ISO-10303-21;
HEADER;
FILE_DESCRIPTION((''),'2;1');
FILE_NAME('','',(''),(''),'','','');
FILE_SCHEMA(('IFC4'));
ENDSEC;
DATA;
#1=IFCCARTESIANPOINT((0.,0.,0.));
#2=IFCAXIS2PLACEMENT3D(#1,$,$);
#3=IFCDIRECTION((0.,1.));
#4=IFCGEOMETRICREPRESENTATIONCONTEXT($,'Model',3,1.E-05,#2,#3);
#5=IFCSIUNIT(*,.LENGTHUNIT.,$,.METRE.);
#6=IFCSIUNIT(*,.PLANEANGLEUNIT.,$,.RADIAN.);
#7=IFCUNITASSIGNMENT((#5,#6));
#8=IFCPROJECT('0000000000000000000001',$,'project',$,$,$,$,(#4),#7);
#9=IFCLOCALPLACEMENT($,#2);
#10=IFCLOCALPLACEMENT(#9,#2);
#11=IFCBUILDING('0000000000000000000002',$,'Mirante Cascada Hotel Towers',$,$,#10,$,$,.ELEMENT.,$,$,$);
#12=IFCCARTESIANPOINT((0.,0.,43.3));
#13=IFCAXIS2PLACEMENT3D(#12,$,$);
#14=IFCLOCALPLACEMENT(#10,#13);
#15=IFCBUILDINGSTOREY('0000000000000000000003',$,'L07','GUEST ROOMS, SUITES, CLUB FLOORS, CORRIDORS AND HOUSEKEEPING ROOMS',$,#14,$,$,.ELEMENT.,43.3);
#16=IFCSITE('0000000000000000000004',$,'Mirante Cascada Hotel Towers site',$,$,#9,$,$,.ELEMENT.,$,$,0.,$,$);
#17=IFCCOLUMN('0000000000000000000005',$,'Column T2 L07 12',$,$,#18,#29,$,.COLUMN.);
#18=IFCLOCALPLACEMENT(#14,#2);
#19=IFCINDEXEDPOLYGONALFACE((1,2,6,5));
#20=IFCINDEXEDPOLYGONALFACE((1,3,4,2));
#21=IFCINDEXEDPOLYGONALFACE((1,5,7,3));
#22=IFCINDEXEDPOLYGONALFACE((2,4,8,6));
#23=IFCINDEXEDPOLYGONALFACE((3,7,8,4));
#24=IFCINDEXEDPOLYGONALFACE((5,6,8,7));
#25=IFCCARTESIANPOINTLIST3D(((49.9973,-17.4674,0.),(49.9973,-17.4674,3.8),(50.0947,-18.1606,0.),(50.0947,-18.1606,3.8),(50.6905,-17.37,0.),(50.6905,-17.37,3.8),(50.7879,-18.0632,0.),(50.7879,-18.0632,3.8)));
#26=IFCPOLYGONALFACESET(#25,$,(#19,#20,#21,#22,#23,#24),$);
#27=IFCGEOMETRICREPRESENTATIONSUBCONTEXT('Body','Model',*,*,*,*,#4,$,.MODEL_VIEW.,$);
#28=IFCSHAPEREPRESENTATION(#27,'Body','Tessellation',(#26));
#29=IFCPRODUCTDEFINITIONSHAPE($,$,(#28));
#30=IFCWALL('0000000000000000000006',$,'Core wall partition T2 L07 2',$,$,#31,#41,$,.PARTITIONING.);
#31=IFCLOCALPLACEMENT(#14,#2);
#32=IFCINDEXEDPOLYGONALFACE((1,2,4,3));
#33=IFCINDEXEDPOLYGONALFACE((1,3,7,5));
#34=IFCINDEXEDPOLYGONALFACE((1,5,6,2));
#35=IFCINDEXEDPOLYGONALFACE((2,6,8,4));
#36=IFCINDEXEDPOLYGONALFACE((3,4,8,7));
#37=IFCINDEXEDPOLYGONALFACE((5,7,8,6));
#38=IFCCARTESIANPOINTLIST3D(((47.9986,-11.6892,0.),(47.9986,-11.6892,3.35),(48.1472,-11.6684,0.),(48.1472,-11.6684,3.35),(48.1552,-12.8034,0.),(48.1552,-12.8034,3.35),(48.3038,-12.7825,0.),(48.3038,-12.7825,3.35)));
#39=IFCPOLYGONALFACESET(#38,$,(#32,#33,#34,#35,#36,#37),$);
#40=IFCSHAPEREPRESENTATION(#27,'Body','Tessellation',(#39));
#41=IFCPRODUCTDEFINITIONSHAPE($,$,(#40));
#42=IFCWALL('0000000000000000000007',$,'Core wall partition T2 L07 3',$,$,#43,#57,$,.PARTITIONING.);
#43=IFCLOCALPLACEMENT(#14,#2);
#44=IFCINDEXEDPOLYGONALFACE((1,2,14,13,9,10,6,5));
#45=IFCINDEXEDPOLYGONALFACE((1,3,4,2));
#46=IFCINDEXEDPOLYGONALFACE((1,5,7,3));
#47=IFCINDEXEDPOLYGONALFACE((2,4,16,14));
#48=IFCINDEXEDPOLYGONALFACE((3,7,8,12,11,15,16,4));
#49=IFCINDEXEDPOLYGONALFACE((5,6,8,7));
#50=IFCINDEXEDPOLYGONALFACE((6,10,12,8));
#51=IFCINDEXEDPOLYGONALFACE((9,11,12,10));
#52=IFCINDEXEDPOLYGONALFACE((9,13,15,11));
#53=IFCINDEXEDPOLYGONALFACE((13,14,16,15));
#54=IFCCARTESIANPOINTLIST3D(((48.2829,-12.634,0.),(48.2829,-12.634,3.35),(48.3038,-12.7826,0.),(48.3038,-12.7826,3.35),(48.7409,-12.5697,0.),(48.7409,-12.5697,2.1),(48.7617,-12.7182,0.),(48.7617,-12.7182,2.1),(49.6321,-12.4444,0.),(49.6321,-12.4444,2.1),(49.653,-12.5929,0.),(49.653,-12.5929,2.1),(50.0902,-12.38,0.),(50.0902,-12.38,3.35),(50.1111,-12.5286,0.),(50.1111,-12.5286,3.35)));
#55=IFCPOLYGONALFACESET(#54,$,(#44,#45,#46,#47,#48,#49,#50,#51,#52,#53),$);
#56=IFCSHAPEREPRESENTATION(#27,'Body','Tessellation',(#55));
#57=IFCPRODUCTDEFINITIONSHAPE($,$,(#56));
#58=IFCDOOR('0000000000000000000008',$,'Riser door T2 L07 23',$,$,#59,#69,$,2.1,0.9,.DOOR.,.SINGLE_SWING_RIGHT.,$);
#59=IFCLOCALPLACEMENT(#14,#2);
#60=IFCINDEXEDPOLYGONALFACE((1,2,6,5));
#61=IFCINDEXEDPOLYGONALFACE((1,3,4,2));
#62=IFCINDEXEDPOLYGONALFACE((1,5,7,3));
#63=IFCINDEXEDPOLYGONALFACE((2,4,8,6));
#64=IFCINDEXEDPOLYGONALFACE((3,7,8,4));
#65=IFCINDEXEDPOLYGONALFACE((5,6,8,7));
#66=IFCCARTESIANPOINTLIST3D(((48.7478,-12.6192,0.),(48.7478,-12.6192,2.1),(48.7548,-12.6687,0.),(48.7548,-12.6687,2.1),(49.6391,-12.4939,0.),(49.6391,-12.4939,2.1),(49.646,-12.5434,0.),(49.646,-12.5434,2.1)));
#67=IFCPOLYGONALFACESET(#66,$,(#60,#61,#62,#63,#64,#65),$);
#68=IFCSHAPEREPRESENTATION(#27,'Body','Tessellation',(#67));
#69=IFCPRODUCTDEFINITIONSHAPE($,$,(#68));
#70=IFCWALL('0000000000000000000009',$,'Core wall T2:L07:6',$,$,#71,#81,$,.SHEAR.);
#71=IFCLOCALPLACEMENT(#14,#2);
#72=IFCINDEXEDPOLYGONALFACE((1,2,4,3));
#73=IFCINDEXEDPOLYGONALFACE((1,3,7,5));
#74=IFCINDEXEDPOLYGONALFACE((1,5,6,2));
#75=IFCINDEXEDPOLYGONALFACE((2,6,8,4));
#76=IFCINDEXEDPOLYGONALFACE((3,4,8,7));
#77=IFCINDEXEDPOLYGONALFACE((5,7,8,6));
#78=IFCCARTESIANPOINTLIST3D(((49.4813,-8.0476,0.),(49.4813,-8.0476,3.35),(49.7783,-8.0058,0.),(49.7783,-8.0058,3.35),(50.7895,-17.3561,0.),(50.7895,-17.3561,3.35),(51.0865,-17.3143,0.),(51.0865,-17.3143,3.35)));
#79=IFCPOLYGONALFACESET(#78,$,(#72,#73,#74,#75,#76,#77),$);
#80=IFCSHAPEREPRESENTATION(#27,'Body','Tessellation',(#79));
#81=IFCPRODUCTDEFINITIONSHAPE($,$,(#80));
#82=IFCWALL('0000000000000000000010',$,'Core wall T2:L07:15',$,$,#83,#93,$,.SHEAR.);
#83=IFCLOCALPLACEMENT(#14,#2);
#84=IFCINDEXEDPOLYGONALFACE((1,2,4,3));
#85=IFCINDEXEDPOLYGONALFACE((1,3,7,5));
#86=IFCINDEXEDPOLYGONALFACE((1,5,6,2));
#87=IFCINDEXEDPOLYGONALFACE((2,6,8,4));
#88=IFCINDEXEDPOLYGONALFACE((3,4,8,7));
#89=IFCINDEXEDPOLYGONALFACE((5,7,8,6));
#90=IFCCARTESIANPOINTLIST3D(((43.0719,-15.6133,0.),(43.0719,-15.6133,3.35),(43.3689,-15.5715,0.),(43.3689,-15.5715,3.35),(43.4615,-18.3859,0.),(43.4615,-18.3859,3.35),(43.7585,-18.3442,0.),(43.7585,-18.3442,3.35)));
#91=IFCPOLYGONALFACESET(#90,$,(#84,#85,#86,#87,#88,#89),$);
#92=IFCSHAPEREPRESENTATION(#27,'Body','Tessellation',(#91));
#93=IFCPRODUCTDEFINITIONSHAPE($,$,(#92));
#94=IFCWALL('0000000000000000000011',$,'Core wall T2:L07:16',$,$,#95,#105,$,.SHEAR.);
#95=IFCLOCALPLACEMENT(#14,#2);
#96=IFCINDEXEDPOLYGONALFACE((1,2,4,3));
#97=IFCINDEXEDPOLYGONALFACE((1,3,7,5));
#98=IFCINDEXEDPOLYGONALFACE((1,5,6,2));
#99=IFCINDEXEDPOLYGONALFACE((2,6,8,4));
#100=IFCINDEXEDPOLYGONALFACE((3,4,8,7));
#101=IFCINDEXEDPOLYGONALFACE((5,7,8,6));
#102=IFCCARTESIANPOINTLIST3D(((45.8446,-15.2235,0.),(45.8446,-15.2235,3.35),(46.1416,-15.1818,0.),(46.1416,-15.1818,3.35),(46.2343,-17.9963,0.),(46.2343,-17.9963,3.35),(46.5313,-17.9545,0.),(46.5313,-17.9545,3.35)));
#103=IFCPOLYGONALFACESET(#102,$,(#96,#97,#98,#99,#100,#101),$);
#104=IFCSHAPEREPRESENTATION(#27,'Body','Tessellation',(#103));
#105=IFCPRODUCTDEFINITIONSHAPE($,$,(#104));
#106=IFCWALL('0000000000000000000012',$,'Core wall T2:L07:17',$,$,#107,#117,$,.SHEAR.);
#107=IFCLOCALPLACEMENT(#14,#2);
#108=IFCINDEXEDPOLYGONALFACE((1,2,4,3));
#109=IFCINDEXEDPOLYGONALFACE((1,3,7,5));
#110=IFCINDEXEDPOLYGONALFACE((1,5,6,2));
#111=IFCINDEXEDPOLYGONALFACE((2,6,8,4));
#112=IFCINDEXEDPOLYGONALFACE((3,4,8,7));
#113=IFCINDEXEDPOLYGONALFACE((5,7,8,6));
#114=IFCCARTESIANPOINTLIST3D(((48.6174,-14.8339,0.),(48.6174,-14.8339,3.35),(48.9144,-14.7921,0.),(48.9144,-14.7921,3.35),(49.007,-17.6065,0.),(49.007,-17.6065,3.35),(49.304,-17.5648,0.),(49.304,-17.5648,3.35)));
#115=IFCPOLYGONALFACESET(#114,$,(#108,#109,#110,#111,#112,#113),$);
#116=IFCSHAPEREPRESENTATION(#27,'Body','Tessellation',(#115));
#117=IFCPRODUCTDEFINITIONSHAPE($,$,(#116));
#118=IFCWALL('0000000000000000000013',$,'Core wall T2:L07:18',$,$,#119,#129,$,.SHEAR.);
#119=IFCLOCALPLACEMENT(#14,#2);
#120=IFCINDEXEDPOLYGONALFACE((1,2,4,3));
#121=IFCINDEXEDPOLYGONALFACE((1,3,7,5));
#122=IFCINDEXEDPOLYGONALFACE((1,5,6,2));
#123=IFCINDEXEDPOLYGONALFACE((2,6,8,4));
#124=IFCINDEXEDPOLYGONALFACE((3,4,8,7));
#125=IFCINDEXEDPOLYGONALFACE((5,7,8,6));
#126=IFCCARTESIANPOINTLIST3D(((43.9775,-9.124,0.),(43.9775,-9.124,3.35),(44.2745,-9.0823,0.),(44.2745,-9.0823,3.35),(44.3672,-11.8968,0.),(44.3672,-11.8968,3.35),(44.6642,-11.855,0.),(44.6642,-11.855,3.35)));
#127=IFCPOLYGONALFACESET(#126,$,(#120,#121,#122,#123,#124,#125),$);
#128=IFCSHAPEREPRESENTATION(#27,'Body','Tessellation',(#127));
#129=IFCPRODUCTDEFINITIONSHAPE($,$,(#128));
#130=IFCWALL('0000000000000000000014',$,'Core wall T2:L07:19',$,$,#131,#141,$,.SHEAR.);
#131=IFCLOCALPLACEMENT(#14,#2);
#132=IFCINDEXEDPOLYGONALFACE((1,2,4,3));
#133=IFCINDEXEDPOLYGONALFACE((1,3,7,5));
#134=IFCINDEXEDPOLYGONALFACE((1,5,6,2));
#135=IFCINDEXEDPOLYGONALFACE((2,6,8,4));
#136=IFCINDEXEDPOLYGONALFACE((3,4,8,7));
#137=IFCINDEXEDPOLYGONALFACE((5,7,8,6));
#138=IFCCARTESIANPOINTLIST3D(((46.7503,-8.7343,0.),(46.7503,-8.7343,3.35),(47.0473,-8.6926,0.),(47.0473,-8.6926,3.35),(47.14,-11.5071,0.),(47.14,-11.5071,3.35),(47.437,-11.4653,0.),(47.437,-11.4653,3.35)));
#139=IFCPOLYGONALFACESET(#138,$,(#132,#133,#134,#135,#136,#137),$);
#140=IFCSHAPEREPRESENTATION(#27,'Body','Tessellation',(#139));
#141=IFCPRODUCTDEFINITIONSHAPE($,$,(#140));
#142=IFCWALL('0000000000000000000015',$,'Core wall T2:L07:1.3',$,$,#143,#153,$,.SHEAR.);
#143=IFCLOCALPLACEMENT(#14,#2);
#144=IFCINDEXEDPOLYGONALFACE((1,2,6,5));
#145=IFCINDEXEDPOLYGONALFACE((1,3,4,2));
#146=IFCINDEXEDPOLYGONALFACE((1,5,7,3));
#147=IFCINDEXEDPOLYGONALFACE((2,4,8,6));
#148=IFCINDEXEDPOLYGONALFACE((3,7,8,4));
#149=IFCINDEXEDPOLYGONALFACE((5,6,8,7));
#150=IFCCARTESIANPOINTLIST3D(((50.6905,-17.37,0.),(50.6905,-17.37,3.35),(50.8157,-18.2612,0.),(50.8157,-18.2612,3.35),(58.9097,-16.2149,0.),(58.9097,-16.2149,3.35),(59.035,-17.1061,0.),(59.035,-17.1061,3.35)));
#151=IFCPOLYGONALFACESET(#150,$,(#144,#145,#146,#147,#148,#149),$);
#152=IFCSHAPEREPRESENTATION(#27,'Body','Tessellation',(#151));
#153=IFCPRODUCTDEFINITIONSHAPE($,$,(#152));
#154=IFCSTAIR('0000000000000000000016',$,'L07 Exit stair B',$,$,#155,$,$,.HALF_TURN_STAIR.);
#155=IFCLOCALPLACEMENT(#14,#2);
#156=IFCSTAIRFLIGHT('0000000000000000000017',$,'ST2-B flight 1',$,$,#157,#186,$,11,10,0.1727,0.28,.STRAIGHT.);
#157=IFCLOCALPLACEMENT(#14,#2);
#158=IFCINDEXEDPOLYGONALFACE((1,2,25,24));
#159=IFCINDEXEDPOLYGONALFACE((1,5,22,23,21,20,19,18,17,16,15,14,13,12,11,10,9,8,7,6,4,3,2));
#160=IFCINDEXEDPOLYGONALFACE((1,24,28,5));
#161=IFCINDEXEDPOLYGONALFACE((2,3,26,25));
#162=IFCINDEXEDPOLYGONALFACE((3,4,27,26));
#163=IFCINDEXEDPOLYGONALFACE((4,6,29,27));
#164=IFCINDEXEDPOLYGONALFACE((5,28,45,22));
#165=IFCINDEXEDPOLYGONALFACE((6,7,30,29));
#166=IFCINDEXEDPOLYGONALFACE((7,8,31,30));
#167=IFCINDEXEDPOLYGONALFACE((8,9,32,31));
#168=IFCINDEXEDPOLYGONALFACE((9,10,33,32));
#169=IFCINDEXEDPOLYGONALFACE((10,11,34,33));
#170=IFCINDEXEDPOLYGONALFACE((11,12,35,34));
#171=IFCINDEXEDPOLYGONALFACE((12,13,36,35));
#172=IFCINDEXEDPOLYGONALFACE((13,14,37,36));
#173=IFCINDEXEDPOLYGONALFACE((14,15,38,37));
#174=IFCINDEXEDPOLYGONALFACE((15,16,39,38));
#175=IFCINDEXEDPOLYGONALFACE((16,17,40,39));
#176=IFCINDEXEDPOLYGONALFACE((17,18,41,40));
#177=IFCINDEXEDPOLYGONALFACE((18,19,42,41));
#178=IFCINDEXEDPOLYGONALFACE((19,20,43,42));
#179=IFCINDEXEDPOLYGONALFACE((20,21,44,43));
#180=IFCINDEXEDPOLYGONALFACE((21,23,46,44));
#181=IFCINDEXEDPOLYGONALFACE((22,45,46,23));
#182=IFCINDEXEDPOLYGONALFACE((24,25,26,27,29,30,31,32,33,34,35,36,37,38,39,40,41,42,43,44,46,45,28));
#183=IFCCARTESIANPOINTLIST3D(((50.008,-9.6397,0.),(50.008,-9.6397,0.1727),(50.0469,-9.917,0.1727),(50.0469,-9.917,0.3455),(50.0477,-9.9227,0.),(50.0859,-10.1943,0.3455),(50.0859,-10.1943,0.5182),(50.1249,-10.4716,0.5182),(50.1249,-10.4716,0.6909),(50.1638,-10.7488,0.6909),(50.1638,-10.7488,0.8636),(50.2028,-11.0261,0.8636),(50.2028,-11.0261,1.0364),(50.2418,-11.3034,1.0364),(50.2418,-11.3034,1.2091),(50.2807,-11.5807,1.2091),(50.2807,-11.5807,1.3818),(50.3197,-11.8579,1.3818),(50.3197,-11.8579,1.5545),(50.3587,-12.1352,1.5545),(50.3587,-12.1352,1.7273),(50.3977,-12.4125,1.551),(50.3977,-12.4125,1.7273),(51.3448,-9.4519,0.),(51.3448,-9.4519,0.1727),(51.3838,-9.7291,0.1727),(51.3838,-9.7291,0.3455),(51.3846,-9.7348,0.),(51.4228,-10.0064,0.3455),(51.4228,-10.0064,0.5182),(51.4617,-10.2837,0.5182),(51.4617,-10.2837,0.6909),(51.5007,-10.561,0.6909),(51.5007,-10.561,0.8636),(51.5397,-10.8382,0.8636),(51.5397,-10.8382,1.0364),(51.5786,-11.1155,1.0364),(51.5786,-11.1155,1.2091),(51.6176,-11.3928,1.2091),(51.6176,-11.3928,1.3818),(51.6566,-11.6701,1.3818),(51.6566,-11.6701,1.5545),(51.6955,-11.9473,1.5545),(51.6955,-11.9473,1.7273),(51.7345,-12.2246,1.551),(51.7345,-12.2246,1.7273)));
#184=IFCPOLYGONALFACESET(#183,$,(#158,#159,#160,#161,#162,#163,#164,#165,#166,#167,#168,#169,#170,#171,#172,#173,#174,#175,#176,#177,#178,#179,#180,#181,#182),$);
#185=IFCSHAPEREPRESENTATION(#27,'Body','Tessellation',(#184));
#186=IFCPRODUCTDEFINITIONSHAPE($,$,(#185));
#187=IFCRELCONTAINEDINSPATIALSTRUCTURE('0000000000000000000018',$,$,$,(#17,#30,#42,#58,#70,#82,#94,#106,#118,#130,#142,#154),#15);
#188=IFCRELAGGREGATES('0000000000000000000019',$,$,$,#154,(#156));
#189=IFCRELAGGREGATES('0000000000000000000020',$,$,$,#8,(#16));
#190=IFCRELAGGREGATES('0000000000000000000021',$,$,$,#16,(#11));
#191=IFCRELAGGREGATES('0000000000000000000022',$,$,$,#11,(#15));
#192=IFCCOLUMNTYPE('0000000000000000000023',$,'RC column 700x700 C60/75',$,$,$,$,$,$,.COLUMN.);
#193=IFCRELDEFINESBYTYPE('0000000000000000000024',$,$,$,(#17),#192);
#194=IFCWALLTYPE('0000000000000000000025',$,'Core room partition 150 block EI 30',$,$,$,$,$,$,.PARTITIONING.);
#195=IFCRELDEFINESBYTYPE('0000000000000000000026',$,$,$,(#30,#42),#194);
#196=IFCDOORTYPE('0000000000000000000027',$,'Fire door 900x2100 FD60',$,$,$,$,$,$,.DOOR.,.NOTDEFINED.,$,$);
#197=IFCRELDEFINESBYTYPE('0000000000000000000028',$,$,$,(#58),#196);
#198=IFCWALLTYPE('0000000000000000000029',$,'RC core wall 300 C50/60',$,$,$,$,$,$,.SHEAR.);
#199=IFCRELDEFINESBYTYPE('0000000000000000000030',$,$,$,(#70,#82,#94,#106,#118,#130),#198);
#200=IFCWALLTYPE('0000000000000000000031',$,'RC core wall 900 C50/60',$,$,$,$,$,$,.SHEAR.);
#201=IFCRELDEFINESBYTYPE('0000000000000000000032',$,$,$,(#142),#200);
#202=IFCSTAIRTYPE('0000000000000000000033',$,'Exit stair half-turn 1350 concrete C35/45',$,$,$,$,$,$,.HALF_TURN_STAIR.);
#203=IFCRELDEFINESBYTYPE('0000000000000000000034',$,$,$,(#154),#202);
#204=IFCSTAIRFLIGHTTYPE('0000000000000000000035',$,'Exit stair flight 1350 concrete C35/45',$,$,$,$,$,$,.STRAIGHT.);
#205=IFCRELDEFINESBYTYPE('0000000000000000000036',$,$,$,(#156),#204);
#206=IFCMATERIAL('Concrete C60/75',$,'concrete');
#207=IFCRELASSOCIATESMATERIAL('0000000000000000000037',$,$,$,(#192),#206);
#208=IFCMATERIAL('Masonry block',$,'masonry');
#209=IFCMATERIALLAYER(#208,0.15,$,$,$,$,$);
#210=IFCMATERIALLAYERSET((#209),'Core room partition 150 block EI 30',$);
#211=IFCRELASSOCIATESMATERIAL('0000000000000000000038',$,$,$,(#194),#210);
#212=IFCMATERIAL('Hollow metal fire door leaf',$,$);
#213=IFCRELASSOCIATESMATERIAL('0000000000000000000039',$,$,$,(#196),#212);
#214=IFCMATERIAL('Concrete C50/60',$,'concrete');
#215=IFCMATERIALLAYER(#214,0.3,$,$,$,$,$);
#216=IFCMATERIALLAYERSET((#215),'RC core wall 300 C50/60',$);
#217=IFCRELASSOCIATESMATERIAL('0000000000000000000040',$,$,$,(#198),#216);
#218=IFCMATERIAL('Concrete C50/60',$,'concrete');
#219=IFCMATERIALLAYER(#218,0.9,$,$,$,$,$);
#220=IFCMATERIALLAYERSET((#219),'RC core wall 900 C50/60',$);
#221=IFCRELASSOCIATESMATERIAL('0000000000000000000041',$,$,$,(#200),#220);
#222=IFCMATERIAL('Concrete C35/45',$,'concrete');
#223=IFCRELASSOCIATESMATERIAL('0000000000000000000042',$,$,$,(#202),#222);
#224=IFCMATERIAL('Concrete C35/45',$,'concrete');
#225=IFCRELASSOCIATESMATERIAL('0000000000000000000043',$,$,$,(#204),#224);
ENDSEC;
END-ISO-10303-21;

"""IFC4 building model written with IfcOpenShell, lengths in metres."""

from ifc_helpers import new_model, si_unit, direction, frame, frame_2d, origin, origin_2d, place, context, subcontext, project, spatial, polyline, rectangle, outline, extrude, material, layer, layer_set, material_profile, profile_set, type_object, element, fill, aggregate, save


model = new_model("IFC4")

# Units and contexts
model_context = context("Model", 3, precision=1e-05, world=origin(), true_north=direction((0.0, 1.0)))
body_context = subcontext(model_context, "Body", "Model", "MODEL_VIEW")
ifc_project = project(units=[si_unit("LENGTHUNIT", "METRE"), si_unit("PLANEANGLEUNIT", "RADIAN")], contexts=[model_context])

# Site, building, storey
site_placement = place(None, origin())
site = spatial("IfcSite", under=ifc_project, at=site_placement, Name="Mirante Cascada Hotel Towers site", CompositionType="ELEMENT", RefElevation=0.0)
building_placement = place(site_placement, origin())
building = spatial("IfcBuilding", under=site, at=building_placement, Name="Mirante Cascada Hotel Towers", CompositionType="ELEMENT")
storey_placement = place(building_placement, frame((0.0, 0.0, 43.3)))
storey = spatial("IfcBuildingStorey", under=building, at=storey_placement, Name="L07", Description="GUEST ROOMS, SUITES, CLUB FLOORS, CORRIDORS AND HOUSEKEEPING ROOMS", CompositionType="ELEMENT", Elevation=43.3)

# Column
ifc_material_1 = material(Name="Concrete C60/75", Category="concrete")
ifc_material_profile = material_profile(ifc_material_1, rectangle(XDim=0.7, YDim=0.7, at=origin_2d()), Name="RC column 700x700 C60/75")
ifc_profile_set = profile_set([ifc_material_profile], Name="Concrete C60/75")
column_type = type_object("IfcColumnType", Name="RC column 700x700 C60/75", PredefinedType="COLUMN", material=ifc_profile_set)
column_placement = place(storey_placement, frame((50.3926, -17.7653, 0.0), z_axis=(0.0, 0.0, 1.0), x_axis=(0.990268, 0.139173, 0.0)))
element("IfcColumn", 1, at=column_placement, inside=storey, type_object=column_type, Name="Column T2 L07 12", PredefinedType="COLUMN", context=body_context, shape_type="SweptSolid", body=[
    extrude(rectangle(XDim=0.7, YDim=0.7, at=origin_2d()), origin(), (0.0, 0.0, 1.0), 3.8),
])

# Wall
ifc_material_2 = material(Name="Masonry block", Category="masonry")
ifc_layer_1 = layer(ifc_material_2, 0.15)
ifc_layer_set_1 = layer_set([ifc_layer_1], Name="Core room partition 150 block EI 30")
wall_type_1 = type_object("IfcWallType", Name="Core room partition 150 block EI 30", PredefinedType="PARTITIONING", material=ifc_layer_set_1)
wall_1_placement = place(storey_placement, frame((48.2295, -12.793, 0.0), z_axis=(0.0, 0.0, 1.0), x_axis=(-0.139193, 0.990265, 0.0)))
element("IfcWall", 2, at=wall_1_placement, inside=storey, type_object=wall_type_1, Name="Core wall partition T2 L07 2", PredefinedType="PARTITIONING", context=body_context, shape_type="SweptSolid", body=[
    extrude(rectangle(XDim=1.1251, YDim=0.15, at=frame_2d((0.5626, 0.0))), origin(), (0.0, 0.0, 1.0), 3.35),
])

# Wall, opening, door
wall_2_placement = place(storey_placement, frame((48.2933, -12.7083, 0.0), z_axis=(0.0, 0.0, 1.0), x_axis=(0.990268, 0.139173, 0.0)))
wall_2 = element("IfcWall", 3, at=wall_2_placement, inside=storey, type_object=wall_type_1, Name="Core wall partition T2 L07 3", PredefinedType="PARTITIONING", context=body_context, shape_type="SweptSolid", body=[
    extrude(rectangle(XDim=1.8251, YDim=0.15, at=frame_2d((0.9126, 0.0))), origin(), (0.0, 0.0, 1.0), 3.35),
])
opening_1_placement = place(wall_2_placement, frame((0.4625, 0.0, 0.0)))
opening_1 = element("IfcOpeningElement", 4, at=opening_1_placement, cuts=wall_2, PredefinedType="OPENING", context=body_context, shape_type="SweptSolid", body=[
    extrude(rectangle(XDim=0.9, YDim=2.1, at=frame_2d((0.45, 1.05))), frame((0.0, 0.075, 0.0), z_axis=(0.0, -1.0, 0.0), x_axis=(1.0, 0.0, 0.0)), (0.0, 0.0, 1.0), 0.15),
])
ifc_material_3 = material(Name="Hollow metal fire door leaf")
door_type_1 = type_object("IfcDoorType", Name="Fire door 900x2100 FD60", OperationType="NOTDEFINED", PredefinedType="DOOR", material=ifc_material_3)
door_1_placement = place(opening_1_placement, frame((0.9, 0.0, 0.0), z_axis=(0.0, 0.0, 1.0), x_axis=(-1.0, 0.0, 0.0)))
door_1 = element("IfcDoor", 5, at=door_1_placement, inside=storey, type_object=door_type_1, Name="Riser door T2 L07 23", OperationType="SINGLE_SWING_RIGHT", OverallHeight=2.1, OverallWidth=0.9, PredefinedType="DOOR", context=body_context, shape_type="SweptSolid", body=[
    extrude(rectangle(XDim=0.9, YDim=2.1, at=frame_2d((0.45, 1.05))), frame((0.0, 0.025, 0.0), z_axis=(0.0, -1.0, 0.0), x_axis=(1.0, 0.0, 0.0)), (0.0, 0.0, 1.0), 0.05),
])
fill(opening_1, door_1)

# Walls
ifc_material_4 = material(Name="Concrete C50/60", Category="concrete")
ifc_layer_2 = layer(ifc_material_4, 0.3)
ifc_layer_set_2 = layer_set([ifc_layer_2], Name="RC core wall 300 C50/60")
wall_type_2 = type_object("IfcWallType", Name="RC core wall 300 C50/60", PredefinedType="SHEAR", material=ifc_layer_set_2)
wall_3_placement = place(storey_placement, frame((50.938, -17.3352, 0.0), z_axis=(0.0, 0.0, 1.0), x_axis=(-0.139171, 0.990268, 0.0)))
element("IfcWall", 6, at=wall_3_placement, inside=storey, type_object=wall_type_2, Name="Core wall T2:L07:6", PredefinedType="SHEAR", context=body_context, shape_type="SweptSolid", body=[
    extrude(rectangle(XDim=9.4, YDim=0.3, at=frame_2d((4.7, 0.0))), origin(), (0.0, 0.0, 1.0), 3.35),
])
wall_4_placement = place(storey_placement, frame((43.61, -18.3651, 0.0), z_axis=(0.0, 0.0, 1.0), x_axis=(-0.139146, 0.990272, 0.0)))
element("IfcWall", 7, at=wall_4_placement, inside=storey, type_object=wall_type_2, Name="Core wall T2:L07:15", PredefinedType="SHEAR", context=body_context, shape_type="SweptSolid", body=[
    extrude(rectangle(XDim=2.7999, YDim=0.3, at=frame_2d((1.4, 0.0))), origin(), (0.0, 0.0, 1.0), 3.35),
])
wall_5_placement = place(storey_placement, frame((46.3828, -17.9754, 0.0), z_axis=(0.0, 0.0, 1.0), x_axis=(-0.139181, 0.990267, 0.0)))
element("IfcWall", 8, at=wall_5_placement, inside=storey, type_object=wall_type_2, Name="Core wall T2:L07:16", PredefinedType="SHEAR", context=body_context, shape_type="SweptSolid", body=[
    extrude(rectangle(XDim=2.8, YDim=0.3, at=frame_2d((1.4, 0.0))), origin(), (0.0, 0.0, 1.0), 3.35),
])
wall_6_placement = place(storey_placement, frame((49.1555, -17.5857, 0.0), z_axis=(0.0, 0.0, 1.0), x_axis=(-0.139146, 0.990272, 0.0)))
element("IfcWall", 9, at=wall_6_placement, inside=storey, type_object=wall_type_2, Name="Core wall T2:L07:17", PredefinedType="SHEAR", context=body_context, shape_type="SweptSolid", body=[
    extrude(rectangle(XDim=2.7999, YDim=0.3, at=frame_2d((1.4, 0.0))), origin(), (0.0, 0.0, 1.0), 3.35),
])
for number, where, z_axis, x_axis, name in (
    (10, (44.5157, -11.8759, 0.0), (0.0, 0.0, 1.0), (-0.139181, 0.990267, 0.0), "Core wall T2:L07:18"),
    (11, (47.2885, -11.4862, 0.0), (0.0, 0.0, 1.0), (-0.139181, 0.990267, 0.0), "Core wall T2:L07:19"),
):
    element("IfcWall", number, at=place(storey_placement, frame(where, z_axis=z_axis, x_axis=x_axis)), inside=storey, type_object=wall_type_2, Name=name, PredefinedType="SHEAR", context=body_context, shape_type="SweptSolid", body=[
        extrude(rectangle(XDim=2.8, YDim=0.3, at=frame_2d((1.4, 0.0))), origin(), (0.0, 0.0, 1.0), 3.35),
    ])

# Wall
ifc_material_5 = material(Name="Concrete C50/60", Category="concrete")
ifc_layer_3 = layer(ifc_material_5, 0.9)
ifc_layer_set_3 = layer_set([ifc_layer_3], Name="RC core wall 900 C50/60")
wall_type_3 = type_object("IfcWallType", Name="RC core wall 900 C50/60", PredefinedType="SHEAR", material=ifc_layer_set_3)
wall_7_placement = place(storey_placement, frame((50.7531, -17.8156, 0.0), z_axis=(0.0, 0.0, 1.0), x_axis=(0.990269, 0.139169, 0.0)))
element("IfcWall", 12, at=wall_7_placement, inside=storey, type_object=wall_type_3, Name="Core wall T2:L07:1.3", PredefinedType="SHEAR", context=body_context, shape_type="SweptSolid", body=[
    extrude(rectangle(XDim=8.3, YDim=0.9, at=frame_2d((4.15, 0.0))), origin(), (0.0, 0.0, 1.0), 3.35),
])

# Stair, stair flight
ifc_material_6 = material(Name="Concrete C35/45", Category="concrete")
stair_type = type_object("IfcStairType", Name="Exit stair half-turn 1350 concrete C35/45", PredefinedType="HALF_TURN_STAIR", material=ifc_material_6)
stair_placement = place(storey_placement, origin())
stair = element("IfcStair", 13, at=stair_placement, inside=storey, type_object=stair_type, Name="L07 Exit stair B", PredefinedType="HALF_TURN_STAIR")
ifc_material_7 = material(Name="Concrete C35/45", Category="concrete")
stair_flight_type = type_object("IfcStairFlightType", Name="Exit stair flight 1350 concrete C35/45", PredefinedType="STRAIGHT", material=ifc_material_7)
stair_flight_1_placement = place(storey_placement, frame((50.6764, -9.5458, 0.0), z_axis=(0.0, 0.0, 1.0), x_axis=(0.139173, -0.990268, 0.0)))
stair_flight_1 = element("IfcStairFlight", 14, at=stair_flight_1_placement, type_object=stair_flight_type, Name="ST2-B flight 1", NumberOfRisers=11, NumberOfTreads=10, PredefinedType="STRAIGHT", RiserHeight=0.1727, TreadLength=0.28, context=body_context, shape_type="SweptSolid", body=[
    extrude(outline(polyline([(0.0, 0.0), (0.0, 0.1727), (0.28, 0.1727), (0.28, 0.3455), (0.56, 0.3455), (0.56, 0.5182), (0.84, 0.5182), (0.84, 0.6909), (1.12, 0.6909), (1.12, 0.8636), (1.4, 0.8636), (1.4, 1.0364), (1.68, 1.0364), (1.68, 1.2091), (1.96, 1.2091), (1.96, 1.3818), (2.24, 1.3818), (2.24, 1.5545), (2.52, 1.5545), (2.52, 1.7273), (2.8, 1.7273), (2.8, 1.9), (2.8, 1.551), (0.2857, 0.0), (0.0, 0.0)])), frame((0.0, 0.675, 0.0), z_axis=(0.0, -1.0, 0.0), x_axis=(1.0, 0.0, 0.0)), (0.0, 0.0, 1.0), 1.35),
])
aggregate(stair, [stair_flight_1])

save(model, "model.ifc")
